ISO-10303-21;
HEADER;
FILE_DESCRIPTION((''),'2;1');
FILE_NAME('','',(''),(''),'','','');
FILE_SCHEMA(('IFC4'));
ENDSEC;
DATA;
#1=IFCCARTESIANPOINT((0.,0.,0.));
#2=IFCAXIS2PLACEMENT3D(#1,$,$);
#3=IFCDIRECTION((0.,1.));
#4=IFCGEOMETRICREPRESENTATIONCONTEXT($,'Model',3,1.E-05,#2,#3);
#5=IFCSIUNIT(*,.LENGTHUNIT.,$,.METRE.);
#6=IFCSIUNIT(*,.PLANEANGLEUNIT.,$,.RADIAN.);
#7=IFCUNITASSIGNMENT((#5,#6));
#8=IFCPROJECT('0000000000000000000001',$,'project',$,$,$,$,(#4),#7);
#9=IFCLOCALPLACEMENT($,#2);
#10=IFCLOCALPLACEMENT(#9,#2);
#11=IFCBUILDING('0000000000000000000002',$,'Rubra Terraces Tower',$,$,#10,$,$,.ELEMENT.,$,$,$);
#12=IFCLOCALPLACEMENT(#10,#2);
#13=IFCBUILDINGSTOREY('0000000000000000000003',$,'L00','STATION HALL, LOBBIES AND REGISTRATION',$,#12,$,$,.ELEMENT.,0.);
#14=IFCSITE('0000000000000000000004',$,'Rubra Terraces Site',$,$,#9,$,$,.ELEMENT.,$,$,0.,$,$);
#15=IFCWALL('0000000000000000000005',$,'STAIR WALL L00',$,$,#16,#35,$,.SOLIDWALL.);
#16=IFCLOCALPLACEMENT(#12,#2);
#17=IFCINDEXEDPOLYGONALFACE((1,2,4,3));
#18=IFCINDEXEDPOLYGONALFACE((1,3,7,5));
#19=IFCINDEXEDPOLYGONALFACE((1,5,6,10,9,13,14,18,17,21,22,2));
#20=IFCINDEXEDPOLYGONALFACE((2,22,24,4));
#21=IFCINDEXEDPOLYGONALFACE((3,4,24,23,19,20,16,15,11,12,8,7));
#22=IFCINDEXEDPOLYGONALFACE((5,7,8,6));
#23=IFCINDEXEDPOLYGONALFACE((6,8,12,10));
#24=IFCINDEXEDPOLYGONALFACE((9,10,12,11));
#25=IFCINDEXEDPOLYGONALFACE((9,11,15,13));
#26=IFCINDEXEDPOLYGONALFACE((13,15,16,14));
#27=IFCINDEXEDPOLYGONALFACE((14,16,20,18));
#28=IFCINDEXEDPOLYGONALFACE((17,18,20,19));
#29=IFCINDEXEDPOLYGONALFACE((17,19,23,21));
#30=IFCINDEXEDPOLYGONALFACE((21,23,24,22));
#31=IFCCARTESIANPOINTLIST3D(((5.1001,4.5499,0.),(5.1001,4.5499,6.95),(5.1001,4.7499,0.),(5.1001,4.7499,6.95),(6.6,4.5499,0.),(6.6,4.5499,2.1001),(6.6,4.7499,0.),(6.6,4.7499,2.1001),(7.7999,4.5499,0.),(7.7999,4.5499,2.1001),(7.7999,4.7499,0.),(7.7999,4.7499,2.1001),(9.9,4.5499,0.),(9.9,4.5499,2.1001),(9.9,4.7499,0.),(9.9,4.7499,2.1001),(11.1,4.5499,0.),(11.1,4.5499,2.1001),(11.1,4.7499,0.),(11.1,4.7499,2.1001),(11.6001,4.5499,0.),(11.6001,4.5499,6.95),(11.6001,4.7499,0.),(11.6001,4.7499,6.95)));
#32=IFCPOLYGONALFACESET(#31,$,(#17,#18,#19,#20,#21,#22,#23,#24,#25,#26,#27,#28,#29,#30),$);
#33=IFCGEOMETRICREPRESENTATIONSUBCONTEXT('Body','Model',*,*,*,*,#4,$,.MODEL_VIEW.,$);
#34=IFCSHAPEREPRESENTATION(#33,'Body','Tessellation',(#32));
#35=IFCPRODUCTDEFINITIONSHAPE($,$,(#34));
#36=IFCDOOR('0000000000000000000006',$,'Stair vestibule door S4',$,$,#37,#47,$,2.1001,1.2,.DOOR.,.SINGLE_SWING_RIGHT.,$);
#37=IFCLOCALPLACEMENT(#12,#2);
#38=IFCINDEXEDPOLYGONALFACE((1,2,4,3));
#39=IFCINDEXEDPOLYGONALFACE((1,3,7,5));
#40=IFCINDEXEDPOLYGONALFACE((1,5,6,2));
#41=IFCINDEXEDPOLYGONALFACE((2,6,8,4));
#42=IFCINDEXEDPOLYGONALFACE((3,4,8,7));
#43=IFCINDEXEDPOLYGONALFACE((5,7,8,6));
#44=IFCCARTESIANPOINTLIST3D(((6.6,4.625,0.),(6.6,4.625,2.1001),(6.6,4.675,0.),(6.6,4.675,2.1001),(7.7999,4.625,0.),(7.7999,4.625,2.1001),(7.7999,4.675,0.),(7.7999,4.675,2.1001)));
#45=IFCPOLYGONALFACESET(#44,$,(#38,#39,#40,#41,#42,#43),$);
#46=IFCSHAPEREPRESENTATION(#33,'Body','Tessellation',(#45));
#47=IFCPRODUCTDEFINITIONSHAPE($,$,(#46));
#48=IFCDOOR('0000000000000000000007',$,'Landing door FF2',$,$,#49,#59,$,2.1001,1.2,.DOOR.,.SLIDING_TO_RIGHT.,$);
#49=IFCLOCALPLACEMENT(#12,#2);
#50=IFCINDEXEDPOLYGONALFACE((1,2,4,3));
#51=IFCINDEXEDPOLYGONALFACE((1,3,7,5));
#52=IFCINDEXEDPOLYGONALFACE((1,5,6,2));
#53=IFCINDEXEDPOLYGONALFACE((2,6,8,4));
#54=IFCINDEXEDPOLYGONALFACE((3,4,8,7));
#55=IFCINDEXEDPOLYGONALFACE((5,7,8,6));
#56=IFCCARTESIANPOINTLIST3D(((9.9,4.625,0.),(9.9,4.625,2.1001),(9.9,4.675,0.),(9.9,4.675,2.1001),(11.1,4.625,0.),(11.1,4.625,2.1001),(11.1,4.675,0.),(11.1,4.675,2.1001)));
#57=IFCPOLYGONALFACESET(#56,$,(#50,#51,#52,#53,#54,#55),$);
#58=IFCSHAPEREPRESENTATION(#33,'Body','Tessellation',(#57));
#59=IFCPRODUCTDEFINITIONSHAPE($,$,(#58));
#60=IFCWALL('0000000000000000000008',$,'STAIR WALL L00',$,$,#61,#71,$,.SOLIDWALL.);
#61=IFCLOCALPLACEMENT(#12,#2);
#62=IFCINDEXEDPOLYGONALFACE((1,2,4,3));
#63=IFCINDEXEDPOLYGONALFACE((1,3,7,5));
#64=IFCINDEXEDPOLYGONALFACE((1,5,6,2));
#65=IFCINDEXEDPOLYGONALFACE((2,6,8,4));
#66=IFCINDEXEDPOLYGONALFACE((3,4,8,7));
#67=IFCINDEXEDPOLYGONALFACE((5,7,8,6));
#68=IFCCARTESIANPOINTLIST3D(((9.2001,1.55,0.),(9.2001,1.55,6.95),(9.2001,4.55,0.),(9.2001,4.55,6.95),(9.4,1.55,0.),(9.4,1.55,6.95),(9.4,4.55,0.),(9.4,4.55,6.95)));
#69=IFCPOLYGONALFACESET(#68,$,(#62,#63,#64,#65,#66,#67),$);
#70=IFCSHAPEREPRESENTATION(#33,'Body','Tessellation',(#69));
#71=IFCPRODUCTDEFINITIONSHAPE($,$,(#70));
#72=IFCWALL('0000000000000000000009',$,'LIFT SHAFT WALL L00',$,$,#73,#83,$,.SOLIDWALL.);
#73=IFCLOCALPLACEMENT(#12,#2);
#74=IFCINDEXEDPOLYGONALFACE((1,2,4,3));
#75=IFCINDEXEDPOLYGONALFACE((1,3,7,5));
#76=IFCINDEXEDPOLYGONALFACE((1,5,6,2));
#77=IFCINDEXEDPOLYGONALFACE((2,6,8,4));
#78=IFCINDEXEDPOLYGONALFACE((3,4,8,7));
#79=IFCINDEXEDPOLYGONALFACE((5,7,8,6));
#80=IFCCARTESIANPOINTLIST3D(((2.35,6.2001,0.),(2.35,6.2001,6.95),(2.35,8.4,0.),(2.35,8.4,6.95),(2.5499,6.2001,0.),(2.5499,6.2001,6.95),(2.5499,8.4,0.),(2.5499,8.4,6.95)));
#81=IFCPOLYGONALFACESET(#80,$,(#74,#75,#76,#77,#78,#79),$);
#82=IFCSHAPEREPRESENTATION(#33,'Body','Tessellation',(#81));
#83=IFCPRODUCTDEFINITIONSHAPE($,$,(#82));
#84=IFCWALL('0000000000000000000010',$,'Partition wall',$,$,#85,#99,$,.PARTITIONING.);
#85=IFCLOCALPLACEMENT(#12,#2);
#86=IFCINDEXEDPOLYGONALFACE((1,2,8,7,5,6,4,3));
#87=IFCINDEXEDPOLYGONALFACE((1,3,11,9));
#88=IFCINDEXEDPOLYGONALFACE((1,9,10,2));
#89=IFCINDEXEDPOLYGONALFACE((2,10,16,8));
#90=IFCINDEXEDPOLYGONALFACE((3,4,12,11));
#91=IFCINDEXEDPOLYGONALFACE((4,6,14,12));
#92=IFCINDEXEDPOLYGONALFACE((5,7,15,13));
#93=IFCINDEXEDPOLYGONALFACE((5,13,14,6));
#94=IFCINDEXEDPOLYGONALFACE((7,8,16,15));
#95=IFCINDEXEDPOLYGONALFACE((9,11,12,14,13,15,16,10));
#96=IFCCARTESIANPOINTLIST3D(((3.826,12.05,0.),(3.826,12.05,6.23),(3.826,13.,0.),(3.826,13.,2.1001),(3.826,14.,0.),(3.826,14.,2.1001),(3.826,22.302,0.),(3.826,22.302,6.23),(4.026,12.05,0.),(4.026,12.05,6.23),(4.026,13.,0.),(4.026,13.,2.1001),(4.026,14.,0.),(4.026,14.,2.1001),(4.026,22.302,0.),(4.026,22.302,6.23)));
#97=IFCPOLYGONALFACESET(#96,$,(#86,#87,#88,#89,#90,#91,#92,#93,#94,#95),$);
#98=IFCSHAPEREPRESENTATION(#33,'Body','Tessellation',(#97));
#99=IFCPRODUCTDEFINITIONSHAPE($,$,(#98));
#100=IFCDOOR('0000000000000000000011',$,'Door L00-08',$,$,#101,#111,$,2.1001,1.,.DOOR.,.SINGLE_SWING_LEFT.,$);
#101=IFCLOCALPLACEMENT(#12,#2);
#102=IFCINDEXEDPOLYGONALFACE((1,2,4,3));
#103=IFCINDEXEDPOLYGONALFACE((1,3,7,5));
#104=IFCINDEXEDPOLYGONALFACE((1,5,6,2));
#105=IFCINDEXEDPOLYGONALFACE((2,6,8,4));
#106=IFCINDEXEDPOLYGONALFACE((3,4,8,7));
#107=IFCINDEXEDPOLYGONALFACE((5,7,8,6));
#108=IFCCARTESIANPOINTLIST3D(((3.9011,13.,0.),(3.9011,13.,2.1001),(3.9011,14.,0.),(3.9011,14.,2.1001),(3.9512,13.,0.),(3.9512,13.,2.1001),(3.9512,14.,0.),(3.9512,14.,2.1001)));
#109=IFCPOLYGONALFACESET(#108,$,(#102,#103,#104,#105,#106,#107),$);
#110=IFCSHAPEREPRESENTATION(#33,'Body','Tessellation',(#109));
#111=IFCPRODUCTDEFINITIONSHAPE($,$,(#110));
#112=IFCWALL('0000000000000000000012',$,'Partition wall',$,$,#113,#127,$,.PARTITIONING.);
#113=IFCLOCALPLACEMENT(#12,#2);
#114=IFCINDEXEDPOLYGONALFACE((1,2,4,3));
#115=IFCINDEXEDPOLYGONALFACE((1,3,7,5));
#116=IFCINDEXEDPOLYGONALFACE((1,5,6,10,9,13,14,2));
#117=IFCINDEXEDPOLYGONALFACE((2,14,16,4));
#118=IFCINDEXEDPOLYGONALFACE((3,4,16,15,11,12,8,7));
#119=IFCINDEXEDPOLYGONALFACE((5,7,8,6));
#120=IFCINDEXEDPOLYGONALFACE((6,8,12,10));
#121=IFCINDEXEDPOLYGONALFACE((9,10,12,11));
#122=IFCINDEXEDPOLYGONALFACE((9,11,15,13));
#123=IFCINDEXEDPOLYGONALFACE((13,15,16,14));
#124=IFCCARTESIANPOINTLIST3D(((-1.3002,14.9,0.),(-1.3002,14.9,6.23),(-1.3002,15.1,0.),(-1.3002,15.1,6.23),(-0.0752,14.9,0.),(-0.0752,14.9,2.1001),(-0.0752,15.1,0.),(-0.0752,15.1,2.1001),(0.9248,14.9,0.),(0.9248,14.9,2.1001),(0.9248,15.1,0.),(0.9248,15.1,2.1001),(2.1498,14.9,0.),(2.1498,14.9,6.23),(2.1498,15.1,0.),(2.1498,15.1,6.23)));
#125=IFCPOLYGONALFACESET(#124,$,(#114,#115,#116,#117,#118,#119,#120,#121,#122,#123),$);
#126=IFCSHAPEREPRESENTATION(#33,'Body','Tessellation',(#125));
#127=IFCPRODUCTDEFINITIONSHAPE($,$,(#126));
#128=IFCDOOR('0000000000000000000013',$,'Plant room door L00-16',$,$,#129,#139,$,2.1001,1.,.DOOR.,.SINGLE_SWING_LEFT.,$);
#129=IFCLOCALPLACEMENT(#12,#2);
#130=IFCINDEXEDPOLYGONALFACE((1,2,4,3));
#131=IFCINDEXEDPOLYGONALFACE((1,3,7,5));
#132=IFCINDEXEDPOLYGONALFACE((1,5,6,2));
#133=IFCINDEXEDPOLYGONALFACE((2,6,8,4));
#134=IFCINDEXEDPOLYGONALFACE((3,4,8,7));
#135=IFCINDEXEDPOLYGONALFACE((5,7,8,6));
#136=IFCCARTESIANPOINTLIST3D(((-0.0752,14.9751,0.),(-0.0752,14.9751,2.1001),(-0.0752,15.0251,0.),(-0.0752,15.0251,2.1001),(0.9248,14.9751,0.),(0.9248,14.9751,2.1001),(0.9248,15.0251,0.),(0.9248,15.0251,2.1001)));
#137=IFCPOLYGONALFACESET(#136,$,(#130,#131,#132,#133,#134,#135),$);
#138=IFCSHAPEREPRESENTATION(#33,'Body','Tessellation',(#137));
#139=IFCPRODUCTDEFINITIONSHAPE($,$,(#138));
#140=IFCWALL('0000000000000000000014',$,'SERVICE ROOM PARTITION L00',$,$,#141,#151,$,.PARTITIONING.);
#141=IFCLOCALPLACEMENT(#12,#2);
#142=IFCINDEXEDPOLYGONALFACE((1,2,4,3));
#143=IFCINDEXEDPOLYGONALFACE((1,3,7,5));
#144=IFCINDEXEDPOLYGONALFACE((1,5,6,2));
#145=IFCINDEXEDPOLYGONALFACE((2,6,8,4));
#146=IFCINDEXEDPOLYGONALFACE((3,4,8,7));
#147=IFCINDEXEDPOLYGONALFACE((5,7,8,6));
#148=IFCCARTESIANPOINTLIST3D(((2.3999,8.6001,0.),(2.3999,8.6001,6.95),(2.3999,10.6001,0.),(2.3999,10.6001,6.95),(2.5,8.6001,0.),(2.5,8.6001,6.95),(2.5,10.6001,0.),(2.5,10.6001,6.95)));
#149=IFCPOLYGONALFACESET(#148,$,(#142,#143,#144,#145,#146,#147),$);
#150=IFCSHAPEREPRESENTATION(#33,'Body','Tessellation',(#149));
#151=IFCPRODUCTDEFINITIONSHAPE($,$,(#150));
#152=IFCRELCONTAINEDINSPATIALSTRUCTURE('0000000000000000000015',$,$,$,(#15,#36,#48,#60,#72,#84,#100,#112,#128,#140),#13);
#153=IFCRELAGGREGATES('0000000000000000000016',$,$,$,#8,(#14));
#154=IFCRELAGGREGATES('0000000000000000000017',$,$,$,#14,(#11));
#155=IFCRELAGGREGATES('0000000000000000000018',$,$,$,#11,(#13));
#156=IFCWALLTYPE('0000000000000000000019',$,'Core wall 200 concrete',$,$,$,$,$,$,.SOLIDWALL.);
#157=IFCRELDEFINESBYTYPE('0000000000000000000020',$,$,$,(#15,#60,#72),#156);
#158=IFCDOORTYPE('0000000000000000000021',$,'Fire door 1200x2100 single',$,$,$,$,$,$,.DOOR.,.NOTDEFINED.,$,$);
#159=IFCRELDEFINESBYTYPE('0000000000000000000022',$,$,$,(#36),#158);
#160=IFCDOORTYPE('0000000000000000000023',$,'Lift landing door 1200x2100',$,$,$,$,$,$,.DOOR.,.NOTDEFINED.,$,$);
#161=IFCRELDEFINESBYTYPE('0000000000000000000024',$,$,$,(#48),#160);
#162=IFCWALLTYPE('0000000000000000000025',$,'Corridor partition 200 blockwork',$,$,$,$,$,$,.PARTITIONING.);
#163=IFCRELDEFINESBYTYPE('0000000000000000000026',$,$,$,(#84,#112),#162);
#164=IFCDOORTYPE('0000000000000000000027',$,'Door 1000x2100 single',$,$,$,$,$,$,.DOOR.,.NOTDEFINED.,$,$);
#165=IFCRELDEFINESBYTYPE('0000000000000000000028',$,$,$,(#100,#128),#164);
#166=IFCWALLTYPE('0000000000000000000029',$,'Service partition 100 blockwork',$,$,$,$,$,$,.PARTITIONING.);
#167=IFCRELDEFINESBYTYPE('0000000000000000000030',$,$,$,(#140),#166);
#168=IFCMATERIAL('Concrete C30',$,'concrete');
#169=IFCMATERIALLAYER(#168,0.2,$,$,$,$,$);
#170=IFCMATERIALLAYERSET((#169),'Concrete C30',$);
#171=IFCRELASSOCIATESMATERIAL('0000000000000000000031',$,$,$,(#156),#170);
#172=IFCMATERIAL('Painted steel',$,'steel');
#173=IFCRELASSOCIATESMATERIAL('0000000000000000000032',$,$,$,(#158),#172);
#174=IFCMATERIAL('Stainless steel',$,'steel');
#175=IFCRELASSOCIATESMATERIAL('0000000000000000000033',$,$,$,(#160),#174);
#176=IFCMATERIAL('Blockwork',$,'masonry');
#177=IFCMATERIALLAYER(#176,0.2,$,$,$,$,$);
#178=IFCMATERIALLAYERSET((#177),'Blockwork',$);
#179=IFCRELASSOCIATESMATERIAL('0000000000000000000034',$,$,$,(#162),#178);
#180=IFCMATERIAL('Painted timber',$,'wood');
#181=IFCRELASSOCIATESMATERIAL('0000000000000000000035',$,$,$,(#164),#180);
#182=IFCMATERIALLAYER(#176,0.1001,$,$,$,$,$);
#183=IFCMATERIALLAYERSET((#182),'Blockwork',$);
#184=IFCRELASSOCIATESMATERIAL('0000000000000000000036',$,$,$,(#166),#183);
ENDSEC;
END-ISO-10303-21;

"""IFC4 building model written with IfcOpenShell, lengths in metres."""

from ifc_helpers import new_model, si_unit, direction, frame, frame_2d, origin, place, context, subcontext, project, spatial, rectangle, extrude, material, layer, layer_set, type_object, element, fill, save


model = new_model("IFC4")

# Units and contexts
model_context = context("Model", 3, precision=1e-05, world=origin(), true_north=direction((0.0, 1.0)))
body_context = subcontext(model_context, "Body", "Model", "MODEL_VIEW")
ifc_project = project(units=[si_unit("LENGTHUNIT", "METRE"), si_unit("PLANEANGLEUNIT", "RADIAN")], contexts=[model_context])

# Site, building, storey
site_placement = place(None, origin())
site = spatial("IfcSite", under=ifc_project, at=site_placement, Name="Rubra Terraces Site", CompositionType="ELEMENT", RefElevation=0.0)
building_placement = place(site_placement, origin())
building = spatial("IfcBuilding", under=site, at=building_placement, Name="Rubra Terraces Tower", CompositionType="ELEMENT")
storey_placement = place(building_placement, origin())
storey = spatial("IfcBuildingStorey", under=building, at=storey_placement, Name="L00", Description="STATION HALL, LOBBIES AND REGISTRATION", CompositionType="ELEMENT", Elevation=0.0)

# Wall, openings, doors
ifc_material_1 = material(Name="Concrete C30", Category="concrete")
ifc_layer_1 = layer(ifc_material_1, 0.2)
ifc_layer_set_1 = layer_set([ifc_layer_1], Name="Concrete C30")
wall_type_1 = type_object("IfcWallType", Name="Core wall 200 concrete", PredefinedType="SOLIDWALL", material=ifc_layer_set_1)
wall_1_placement = place(storey_placement, frame((11.6001, 4.6499, 0.0), z_axis=(0.0, 0.0, 1.0), x_axis=(-1.0, 0.0, 0.0)))
wall_1 = element("IfcWall", 1, at=wall_1_placement, inside=storey, type_object=wall_type_1, Name="STAIR WALL L00", PredefinedType="SOLIDWALL", context=body_context, shape_type="SweptSolid", body=[
    extrude(rectangle(XDim=6.5, YDim=0.2, at=frame_2d((3.25, 0.0))), origin(), (0.0, 0.0, 1.0), 6.95),
])
opening_1_placement = place(wall_1_placement, frame((3.8, 0.0, 0.0)))
opening_1 = element("IfcOpeningElement", 2, at=opening_1_placement, cuts=wall_1, PredefinedType="OPENING", context=body_context, shape_type="SweptSolid", body=[
    extrude(rectangle(XDim=1.2, YDim=2.1001, at=frame_2d((0.6001, 1.05))), frame((0.0, 0.1099, 0.0), z_axis=(0.0, -1.0, 0.0), x_axis=(1.0, 0.0, 0.0)), (0.0, 0.0, 1.0), 0.22),
])
opening_2_placement = place(wall_1_placement, frame((0.5, 0.0, 0.0)))
opening_2 = element("IfcOpeningElement", 3, at=opening_2_placement, cuts=wall_1, PredefinedType="OPENING", context=body_context, shape_type="SweptSolid", body=[
    extrude(rectangle(XDim=1.2, YDim=2.1001, at=frame_2d((0.6001, 1.05))), frame((0.0, 0.1099, 0.0), z_axis=(0.0, -1.0, 0.0), x_axis=(1.0, 0.0, 0.0)), (0.0, 0.0, 1.0), 0.22),
])
ifc_material_2 = material(Name="Painted steel", Category="steel")
door_type_1 = type_object("IfcDoorType", Name="Fire door 1200x2100 single", OperationType="NOTDEFINED", PredefinedType="DOOR", material=ifc_material_2)
door_1_placement = place(opening_1_placement, origin())
door_1 = element("IfcDoor", 4, at=door_1_placement, inside=storey, type_object=door_type_1, Name="Stair vestibule door S4", OperationType="SINGLE_SWING_RIGHT", OverallHeight=2.1001, OverallWidth=1.2, PredefinedType="DOOR", context=body_context, shape_type="SweptSolid", body=[
    extrude(rectangle(XDim=1.2, YDim=2.1001, at=frame_2d((0.6001, 1.05))), frame((0.0, 0.0249, 0.0), z_axis=(0.0, -1.0, 0.0), x_axis=(1.0, 0.0, 0.0)), (0.0, 0.0, 1.0), 0.05),
])
fill(opening_1, door_1)
ifc_material_3 = material(Name="Stainless steel", Category="steel")
door_type_2 = type_object("IfcDoorType", Name="Lift landing door 1200x2100", OperationType="NOTDEFINED", PredefinedType="DOOR", material=ifc_material_3)
door_2_placement = place(opening_2_placement, origin())
door_2 = element("IfcDoor", 5, at=door_2_placement, inside=storey, type_object=door_type_2, Name="Landing door FF2", OperationType="SLIDING_TO_RIGHT", OverallHeight=2.1001, OverallWidth=1.2, PredefinedType="DOOR", context=body_context, shape_type="SweptSolid", body=[
    extrude(rectangle(XDim=1.2, YDim=2.1001, at=frame_2d((0.6001, 1.05))), frame((0.0, 0.0249, 0.0), z_axis=(0.0, -1.0, 0.0), x_axis=(1.0, 0.0, 0.0)), (0.0, 0.0, 1.0), 0.05),
])
fill(opening_2, door_2)

# Walls
wall_2_placement = place(storey_placement, frame((9.3, 4.55, 0.0), z_axis=(0.0, 0.0, 1.0), x_axis=(0.0, -1.0, 0.0)))
element("IfcWall", 6, at=wall_2_placement, inside=storey, type_object=wall_type_1, Name="STAIR WALL L00", PredefinedType="SOLIDWALL", context=body_context, shape_type="SweptSolid", body=[
    extrude(rectangle(XDim=3.0, YDim=0.2, at=frame_2d((1.5, 0.0))), origin(), (0.0, 0.0, 1.0), 6.95),
])
wall_3_placement = place(storey_placement, frame((2.45, 6.2, 0.0), z_axis=(0.0, 0.0, 1.0), x_axis=(0.0, 1.0, 0.0)))
element("IfcWall", 7, at=wall_3_placement, inside=storey, type_object=wall_type_1, Name="LIFT SHAFT WALL L00", PredefinedType="SOLIDWALL", context=body_context, shape_type="SweptSolid", body=[
    extrude(rectangle(XDim=2.2, YDim=0.2, at=frame_2d((1.1001, 0.0))), origin(), (0.0, 0.0, 1.0), 6.95),
])

# Walls, openings, doors
ifc_material_4 = material(Name="Blockwork", Category="masonry")
ifc_layer_2 = layer(ifc_material_4, 0.2)
ifc_layer_set_2 = layer_set([ifc_layer_2], Name="Blockwork")
wall_type_2 = type_object("IfcWallType", Name="Corridor partition 200 blockwork", PredefinedType="PARTITIONING", material=ifc_layer_set_2)
wall_4_placement = place(storey_placement, frame((3.926, 12.05, 0.0), z_axis=(0.0, 0.0, 1.0), x_axis=(0.0, 1.0, 0.0)))
wall_4 = element("IfcWall", 8, at=wall_4_placement, inside=storey, type_object=wall_type_2, Name="Partition wall", PredefinedType="PARTITIONING", context=body_context, shape_type="SweptSolid", body=[
    extrude(rectangle(XDim=10.252, YDim=0.2, at=frame_2d((5.126, 0.0))), origin(), (0.0, 0.0, 1.0), 6.23),
])
opening_3_placement = place(wall_4_placement, frame((0.95, 0.0, 0.0)))
opening_3 = element("IfcOpeningElement", 9, at=opening_3_placement, cuts=wall_4, PredefinedType="OPENING", context=body_context, shape_type="SweptSolid", body=[
    extrude(rectangle(XDim=1.0, YDim=2.1001, at=frame_2d((0.5, 1.05))), frame((0.0, 0.1099, 0.0), z_axis=(0.0, -1.0, 0.0), x_axis=(1.0, 0.0, 0.0)), (0.0, 0.0, 1.0), 0.22),
])
ifc_material_5 = material(Name="Painted timber", Category="wood")
door_type_3 = type_object("IfcDoorType", Name="Door 1000x2100 single", OperationType="NOTDEFINED", PredefinedType="DOOR", material=ifc_material_5)
door_3_placement = place(opening_3_placement, origin())
door_3 = element("IfcDoor", 10, at=door_3_placement, inside=storey, type_object=door_type_3, Name="Door L00-08", OperationType="SINGLE_SWING_LEFT", OverallHeight=2.1001, OverallWidth=1.0, PredefinedType="DOOR", context=body_context, shape_type="SweptSolid", body=[
    extrude(rectangle(XDim=1.0, YDim=2.1001, at=frame_2d((0.5, 1.05))), frame((0.0, 0.0249, 0.0), z_axis=(0.0, -1.0, 0.0), x_axis=(1.0, 0.0, 0.0)), (0.0, 0.0, 1.0), 0.05),
])
fill(opening_3, door_3)
wall_5_placement = place(storey_placement, frame((2.1499, 15.0, 0.0), z_axis=(0.0, 0.0, 1.0), x_axis=(-1.0, 0.0, 0.0)))
wall_5 = element("IfcWall", 11, at=wall_5_placement, inside=storey, type_object=wall_type_2, Name="Partition wall", PredefinedType="PARTITIONING", context=body_context, shape_type="SweptSolid", body=[
    extrude(rectangle(XDim=3.45, YDim=0.2, at=frame_2d((1.7251, 0.0))), origin(), (0.0, 0.0, 1.0), 6.23),
])
opening_4_placement = place(wall_5_placement, frame((1.2251, 0.0, 0.0)))
opening_4 = element("IfcOpeningElement", 12, at=opening_4_placement, cuts=wall_5, PredefinedType="OPENING", context=body_context, shape_type="SweptSolid", body=[
    extrude(rectangle(XDim=1.0, YDim=2.1001, at=frame_2d((0.5, 1.05))), frame((0.0, 0.1099, 0.0), z_axis=(0.0, -1.0, 0.0), x_axis=(1.0, 0.0, 0.0)), (0.0, 0.0, 1.0), 0.22),
])
door_4_placement = place(opening_4_placement, origin())
door_4 = element("IfcDoor", 13, at=door_4_placement, inside=storey, type_object=door_type_3, Name="Plant room door L00-16", OperationType="SINGLE_SWING_LEFT", OverallHeight=2.1001, OverallWidth=1.0, PredefinedType="DOOR", context=body_context, shape_type="SweptSolid", body=[
    extrude(rectangle(XDim=1.0, YDim=2.1001, at=frame_2d((0.5, 1.05))), frame((0.0, 0.0249, 0.0), z_axis=(0.0, -1.0, 0.0), x_axis=(1.0, 0.0, 0.0)), (0.0, 0.0, 1.0), 0.05),
])
fill(opening_4, door_4)

# Wall
ifc_layer_3 = layer(ifc_material_4, 0.1001)
ifc_layer_set_3 = layer_set([ifc_layer_3], Name="Blockwork")
wall_type_3 = type_object("IfcWallType", Name="Service partition 100 blockwork", PredefinedType="PARTITIONING", material=ifc_layer_set_3)
wall_6_placement = place(storey_placement, frame((2.45, 8.6001, 0.0), z_axis=(0.0, 0.0, 1.0), x_axis=(0.0, 1.0, 0.0)))
element("IfcWall", 14, at=wall_6_placement, inside=storey, type_object=wall_type_3, Name="SERVICE ROOM PARTITION L00", PredefinedType="PARTITIONING", context=body_context, shape_type="SweptSolid", body=[
    extrude(rectangle(XDim=2.0, YDim=0.1001, at=frame_2d((1.0, 0.0))), origin(), (0.0, 0.0, 1.0), 6.95),
])

save(model, "model.ifc")
